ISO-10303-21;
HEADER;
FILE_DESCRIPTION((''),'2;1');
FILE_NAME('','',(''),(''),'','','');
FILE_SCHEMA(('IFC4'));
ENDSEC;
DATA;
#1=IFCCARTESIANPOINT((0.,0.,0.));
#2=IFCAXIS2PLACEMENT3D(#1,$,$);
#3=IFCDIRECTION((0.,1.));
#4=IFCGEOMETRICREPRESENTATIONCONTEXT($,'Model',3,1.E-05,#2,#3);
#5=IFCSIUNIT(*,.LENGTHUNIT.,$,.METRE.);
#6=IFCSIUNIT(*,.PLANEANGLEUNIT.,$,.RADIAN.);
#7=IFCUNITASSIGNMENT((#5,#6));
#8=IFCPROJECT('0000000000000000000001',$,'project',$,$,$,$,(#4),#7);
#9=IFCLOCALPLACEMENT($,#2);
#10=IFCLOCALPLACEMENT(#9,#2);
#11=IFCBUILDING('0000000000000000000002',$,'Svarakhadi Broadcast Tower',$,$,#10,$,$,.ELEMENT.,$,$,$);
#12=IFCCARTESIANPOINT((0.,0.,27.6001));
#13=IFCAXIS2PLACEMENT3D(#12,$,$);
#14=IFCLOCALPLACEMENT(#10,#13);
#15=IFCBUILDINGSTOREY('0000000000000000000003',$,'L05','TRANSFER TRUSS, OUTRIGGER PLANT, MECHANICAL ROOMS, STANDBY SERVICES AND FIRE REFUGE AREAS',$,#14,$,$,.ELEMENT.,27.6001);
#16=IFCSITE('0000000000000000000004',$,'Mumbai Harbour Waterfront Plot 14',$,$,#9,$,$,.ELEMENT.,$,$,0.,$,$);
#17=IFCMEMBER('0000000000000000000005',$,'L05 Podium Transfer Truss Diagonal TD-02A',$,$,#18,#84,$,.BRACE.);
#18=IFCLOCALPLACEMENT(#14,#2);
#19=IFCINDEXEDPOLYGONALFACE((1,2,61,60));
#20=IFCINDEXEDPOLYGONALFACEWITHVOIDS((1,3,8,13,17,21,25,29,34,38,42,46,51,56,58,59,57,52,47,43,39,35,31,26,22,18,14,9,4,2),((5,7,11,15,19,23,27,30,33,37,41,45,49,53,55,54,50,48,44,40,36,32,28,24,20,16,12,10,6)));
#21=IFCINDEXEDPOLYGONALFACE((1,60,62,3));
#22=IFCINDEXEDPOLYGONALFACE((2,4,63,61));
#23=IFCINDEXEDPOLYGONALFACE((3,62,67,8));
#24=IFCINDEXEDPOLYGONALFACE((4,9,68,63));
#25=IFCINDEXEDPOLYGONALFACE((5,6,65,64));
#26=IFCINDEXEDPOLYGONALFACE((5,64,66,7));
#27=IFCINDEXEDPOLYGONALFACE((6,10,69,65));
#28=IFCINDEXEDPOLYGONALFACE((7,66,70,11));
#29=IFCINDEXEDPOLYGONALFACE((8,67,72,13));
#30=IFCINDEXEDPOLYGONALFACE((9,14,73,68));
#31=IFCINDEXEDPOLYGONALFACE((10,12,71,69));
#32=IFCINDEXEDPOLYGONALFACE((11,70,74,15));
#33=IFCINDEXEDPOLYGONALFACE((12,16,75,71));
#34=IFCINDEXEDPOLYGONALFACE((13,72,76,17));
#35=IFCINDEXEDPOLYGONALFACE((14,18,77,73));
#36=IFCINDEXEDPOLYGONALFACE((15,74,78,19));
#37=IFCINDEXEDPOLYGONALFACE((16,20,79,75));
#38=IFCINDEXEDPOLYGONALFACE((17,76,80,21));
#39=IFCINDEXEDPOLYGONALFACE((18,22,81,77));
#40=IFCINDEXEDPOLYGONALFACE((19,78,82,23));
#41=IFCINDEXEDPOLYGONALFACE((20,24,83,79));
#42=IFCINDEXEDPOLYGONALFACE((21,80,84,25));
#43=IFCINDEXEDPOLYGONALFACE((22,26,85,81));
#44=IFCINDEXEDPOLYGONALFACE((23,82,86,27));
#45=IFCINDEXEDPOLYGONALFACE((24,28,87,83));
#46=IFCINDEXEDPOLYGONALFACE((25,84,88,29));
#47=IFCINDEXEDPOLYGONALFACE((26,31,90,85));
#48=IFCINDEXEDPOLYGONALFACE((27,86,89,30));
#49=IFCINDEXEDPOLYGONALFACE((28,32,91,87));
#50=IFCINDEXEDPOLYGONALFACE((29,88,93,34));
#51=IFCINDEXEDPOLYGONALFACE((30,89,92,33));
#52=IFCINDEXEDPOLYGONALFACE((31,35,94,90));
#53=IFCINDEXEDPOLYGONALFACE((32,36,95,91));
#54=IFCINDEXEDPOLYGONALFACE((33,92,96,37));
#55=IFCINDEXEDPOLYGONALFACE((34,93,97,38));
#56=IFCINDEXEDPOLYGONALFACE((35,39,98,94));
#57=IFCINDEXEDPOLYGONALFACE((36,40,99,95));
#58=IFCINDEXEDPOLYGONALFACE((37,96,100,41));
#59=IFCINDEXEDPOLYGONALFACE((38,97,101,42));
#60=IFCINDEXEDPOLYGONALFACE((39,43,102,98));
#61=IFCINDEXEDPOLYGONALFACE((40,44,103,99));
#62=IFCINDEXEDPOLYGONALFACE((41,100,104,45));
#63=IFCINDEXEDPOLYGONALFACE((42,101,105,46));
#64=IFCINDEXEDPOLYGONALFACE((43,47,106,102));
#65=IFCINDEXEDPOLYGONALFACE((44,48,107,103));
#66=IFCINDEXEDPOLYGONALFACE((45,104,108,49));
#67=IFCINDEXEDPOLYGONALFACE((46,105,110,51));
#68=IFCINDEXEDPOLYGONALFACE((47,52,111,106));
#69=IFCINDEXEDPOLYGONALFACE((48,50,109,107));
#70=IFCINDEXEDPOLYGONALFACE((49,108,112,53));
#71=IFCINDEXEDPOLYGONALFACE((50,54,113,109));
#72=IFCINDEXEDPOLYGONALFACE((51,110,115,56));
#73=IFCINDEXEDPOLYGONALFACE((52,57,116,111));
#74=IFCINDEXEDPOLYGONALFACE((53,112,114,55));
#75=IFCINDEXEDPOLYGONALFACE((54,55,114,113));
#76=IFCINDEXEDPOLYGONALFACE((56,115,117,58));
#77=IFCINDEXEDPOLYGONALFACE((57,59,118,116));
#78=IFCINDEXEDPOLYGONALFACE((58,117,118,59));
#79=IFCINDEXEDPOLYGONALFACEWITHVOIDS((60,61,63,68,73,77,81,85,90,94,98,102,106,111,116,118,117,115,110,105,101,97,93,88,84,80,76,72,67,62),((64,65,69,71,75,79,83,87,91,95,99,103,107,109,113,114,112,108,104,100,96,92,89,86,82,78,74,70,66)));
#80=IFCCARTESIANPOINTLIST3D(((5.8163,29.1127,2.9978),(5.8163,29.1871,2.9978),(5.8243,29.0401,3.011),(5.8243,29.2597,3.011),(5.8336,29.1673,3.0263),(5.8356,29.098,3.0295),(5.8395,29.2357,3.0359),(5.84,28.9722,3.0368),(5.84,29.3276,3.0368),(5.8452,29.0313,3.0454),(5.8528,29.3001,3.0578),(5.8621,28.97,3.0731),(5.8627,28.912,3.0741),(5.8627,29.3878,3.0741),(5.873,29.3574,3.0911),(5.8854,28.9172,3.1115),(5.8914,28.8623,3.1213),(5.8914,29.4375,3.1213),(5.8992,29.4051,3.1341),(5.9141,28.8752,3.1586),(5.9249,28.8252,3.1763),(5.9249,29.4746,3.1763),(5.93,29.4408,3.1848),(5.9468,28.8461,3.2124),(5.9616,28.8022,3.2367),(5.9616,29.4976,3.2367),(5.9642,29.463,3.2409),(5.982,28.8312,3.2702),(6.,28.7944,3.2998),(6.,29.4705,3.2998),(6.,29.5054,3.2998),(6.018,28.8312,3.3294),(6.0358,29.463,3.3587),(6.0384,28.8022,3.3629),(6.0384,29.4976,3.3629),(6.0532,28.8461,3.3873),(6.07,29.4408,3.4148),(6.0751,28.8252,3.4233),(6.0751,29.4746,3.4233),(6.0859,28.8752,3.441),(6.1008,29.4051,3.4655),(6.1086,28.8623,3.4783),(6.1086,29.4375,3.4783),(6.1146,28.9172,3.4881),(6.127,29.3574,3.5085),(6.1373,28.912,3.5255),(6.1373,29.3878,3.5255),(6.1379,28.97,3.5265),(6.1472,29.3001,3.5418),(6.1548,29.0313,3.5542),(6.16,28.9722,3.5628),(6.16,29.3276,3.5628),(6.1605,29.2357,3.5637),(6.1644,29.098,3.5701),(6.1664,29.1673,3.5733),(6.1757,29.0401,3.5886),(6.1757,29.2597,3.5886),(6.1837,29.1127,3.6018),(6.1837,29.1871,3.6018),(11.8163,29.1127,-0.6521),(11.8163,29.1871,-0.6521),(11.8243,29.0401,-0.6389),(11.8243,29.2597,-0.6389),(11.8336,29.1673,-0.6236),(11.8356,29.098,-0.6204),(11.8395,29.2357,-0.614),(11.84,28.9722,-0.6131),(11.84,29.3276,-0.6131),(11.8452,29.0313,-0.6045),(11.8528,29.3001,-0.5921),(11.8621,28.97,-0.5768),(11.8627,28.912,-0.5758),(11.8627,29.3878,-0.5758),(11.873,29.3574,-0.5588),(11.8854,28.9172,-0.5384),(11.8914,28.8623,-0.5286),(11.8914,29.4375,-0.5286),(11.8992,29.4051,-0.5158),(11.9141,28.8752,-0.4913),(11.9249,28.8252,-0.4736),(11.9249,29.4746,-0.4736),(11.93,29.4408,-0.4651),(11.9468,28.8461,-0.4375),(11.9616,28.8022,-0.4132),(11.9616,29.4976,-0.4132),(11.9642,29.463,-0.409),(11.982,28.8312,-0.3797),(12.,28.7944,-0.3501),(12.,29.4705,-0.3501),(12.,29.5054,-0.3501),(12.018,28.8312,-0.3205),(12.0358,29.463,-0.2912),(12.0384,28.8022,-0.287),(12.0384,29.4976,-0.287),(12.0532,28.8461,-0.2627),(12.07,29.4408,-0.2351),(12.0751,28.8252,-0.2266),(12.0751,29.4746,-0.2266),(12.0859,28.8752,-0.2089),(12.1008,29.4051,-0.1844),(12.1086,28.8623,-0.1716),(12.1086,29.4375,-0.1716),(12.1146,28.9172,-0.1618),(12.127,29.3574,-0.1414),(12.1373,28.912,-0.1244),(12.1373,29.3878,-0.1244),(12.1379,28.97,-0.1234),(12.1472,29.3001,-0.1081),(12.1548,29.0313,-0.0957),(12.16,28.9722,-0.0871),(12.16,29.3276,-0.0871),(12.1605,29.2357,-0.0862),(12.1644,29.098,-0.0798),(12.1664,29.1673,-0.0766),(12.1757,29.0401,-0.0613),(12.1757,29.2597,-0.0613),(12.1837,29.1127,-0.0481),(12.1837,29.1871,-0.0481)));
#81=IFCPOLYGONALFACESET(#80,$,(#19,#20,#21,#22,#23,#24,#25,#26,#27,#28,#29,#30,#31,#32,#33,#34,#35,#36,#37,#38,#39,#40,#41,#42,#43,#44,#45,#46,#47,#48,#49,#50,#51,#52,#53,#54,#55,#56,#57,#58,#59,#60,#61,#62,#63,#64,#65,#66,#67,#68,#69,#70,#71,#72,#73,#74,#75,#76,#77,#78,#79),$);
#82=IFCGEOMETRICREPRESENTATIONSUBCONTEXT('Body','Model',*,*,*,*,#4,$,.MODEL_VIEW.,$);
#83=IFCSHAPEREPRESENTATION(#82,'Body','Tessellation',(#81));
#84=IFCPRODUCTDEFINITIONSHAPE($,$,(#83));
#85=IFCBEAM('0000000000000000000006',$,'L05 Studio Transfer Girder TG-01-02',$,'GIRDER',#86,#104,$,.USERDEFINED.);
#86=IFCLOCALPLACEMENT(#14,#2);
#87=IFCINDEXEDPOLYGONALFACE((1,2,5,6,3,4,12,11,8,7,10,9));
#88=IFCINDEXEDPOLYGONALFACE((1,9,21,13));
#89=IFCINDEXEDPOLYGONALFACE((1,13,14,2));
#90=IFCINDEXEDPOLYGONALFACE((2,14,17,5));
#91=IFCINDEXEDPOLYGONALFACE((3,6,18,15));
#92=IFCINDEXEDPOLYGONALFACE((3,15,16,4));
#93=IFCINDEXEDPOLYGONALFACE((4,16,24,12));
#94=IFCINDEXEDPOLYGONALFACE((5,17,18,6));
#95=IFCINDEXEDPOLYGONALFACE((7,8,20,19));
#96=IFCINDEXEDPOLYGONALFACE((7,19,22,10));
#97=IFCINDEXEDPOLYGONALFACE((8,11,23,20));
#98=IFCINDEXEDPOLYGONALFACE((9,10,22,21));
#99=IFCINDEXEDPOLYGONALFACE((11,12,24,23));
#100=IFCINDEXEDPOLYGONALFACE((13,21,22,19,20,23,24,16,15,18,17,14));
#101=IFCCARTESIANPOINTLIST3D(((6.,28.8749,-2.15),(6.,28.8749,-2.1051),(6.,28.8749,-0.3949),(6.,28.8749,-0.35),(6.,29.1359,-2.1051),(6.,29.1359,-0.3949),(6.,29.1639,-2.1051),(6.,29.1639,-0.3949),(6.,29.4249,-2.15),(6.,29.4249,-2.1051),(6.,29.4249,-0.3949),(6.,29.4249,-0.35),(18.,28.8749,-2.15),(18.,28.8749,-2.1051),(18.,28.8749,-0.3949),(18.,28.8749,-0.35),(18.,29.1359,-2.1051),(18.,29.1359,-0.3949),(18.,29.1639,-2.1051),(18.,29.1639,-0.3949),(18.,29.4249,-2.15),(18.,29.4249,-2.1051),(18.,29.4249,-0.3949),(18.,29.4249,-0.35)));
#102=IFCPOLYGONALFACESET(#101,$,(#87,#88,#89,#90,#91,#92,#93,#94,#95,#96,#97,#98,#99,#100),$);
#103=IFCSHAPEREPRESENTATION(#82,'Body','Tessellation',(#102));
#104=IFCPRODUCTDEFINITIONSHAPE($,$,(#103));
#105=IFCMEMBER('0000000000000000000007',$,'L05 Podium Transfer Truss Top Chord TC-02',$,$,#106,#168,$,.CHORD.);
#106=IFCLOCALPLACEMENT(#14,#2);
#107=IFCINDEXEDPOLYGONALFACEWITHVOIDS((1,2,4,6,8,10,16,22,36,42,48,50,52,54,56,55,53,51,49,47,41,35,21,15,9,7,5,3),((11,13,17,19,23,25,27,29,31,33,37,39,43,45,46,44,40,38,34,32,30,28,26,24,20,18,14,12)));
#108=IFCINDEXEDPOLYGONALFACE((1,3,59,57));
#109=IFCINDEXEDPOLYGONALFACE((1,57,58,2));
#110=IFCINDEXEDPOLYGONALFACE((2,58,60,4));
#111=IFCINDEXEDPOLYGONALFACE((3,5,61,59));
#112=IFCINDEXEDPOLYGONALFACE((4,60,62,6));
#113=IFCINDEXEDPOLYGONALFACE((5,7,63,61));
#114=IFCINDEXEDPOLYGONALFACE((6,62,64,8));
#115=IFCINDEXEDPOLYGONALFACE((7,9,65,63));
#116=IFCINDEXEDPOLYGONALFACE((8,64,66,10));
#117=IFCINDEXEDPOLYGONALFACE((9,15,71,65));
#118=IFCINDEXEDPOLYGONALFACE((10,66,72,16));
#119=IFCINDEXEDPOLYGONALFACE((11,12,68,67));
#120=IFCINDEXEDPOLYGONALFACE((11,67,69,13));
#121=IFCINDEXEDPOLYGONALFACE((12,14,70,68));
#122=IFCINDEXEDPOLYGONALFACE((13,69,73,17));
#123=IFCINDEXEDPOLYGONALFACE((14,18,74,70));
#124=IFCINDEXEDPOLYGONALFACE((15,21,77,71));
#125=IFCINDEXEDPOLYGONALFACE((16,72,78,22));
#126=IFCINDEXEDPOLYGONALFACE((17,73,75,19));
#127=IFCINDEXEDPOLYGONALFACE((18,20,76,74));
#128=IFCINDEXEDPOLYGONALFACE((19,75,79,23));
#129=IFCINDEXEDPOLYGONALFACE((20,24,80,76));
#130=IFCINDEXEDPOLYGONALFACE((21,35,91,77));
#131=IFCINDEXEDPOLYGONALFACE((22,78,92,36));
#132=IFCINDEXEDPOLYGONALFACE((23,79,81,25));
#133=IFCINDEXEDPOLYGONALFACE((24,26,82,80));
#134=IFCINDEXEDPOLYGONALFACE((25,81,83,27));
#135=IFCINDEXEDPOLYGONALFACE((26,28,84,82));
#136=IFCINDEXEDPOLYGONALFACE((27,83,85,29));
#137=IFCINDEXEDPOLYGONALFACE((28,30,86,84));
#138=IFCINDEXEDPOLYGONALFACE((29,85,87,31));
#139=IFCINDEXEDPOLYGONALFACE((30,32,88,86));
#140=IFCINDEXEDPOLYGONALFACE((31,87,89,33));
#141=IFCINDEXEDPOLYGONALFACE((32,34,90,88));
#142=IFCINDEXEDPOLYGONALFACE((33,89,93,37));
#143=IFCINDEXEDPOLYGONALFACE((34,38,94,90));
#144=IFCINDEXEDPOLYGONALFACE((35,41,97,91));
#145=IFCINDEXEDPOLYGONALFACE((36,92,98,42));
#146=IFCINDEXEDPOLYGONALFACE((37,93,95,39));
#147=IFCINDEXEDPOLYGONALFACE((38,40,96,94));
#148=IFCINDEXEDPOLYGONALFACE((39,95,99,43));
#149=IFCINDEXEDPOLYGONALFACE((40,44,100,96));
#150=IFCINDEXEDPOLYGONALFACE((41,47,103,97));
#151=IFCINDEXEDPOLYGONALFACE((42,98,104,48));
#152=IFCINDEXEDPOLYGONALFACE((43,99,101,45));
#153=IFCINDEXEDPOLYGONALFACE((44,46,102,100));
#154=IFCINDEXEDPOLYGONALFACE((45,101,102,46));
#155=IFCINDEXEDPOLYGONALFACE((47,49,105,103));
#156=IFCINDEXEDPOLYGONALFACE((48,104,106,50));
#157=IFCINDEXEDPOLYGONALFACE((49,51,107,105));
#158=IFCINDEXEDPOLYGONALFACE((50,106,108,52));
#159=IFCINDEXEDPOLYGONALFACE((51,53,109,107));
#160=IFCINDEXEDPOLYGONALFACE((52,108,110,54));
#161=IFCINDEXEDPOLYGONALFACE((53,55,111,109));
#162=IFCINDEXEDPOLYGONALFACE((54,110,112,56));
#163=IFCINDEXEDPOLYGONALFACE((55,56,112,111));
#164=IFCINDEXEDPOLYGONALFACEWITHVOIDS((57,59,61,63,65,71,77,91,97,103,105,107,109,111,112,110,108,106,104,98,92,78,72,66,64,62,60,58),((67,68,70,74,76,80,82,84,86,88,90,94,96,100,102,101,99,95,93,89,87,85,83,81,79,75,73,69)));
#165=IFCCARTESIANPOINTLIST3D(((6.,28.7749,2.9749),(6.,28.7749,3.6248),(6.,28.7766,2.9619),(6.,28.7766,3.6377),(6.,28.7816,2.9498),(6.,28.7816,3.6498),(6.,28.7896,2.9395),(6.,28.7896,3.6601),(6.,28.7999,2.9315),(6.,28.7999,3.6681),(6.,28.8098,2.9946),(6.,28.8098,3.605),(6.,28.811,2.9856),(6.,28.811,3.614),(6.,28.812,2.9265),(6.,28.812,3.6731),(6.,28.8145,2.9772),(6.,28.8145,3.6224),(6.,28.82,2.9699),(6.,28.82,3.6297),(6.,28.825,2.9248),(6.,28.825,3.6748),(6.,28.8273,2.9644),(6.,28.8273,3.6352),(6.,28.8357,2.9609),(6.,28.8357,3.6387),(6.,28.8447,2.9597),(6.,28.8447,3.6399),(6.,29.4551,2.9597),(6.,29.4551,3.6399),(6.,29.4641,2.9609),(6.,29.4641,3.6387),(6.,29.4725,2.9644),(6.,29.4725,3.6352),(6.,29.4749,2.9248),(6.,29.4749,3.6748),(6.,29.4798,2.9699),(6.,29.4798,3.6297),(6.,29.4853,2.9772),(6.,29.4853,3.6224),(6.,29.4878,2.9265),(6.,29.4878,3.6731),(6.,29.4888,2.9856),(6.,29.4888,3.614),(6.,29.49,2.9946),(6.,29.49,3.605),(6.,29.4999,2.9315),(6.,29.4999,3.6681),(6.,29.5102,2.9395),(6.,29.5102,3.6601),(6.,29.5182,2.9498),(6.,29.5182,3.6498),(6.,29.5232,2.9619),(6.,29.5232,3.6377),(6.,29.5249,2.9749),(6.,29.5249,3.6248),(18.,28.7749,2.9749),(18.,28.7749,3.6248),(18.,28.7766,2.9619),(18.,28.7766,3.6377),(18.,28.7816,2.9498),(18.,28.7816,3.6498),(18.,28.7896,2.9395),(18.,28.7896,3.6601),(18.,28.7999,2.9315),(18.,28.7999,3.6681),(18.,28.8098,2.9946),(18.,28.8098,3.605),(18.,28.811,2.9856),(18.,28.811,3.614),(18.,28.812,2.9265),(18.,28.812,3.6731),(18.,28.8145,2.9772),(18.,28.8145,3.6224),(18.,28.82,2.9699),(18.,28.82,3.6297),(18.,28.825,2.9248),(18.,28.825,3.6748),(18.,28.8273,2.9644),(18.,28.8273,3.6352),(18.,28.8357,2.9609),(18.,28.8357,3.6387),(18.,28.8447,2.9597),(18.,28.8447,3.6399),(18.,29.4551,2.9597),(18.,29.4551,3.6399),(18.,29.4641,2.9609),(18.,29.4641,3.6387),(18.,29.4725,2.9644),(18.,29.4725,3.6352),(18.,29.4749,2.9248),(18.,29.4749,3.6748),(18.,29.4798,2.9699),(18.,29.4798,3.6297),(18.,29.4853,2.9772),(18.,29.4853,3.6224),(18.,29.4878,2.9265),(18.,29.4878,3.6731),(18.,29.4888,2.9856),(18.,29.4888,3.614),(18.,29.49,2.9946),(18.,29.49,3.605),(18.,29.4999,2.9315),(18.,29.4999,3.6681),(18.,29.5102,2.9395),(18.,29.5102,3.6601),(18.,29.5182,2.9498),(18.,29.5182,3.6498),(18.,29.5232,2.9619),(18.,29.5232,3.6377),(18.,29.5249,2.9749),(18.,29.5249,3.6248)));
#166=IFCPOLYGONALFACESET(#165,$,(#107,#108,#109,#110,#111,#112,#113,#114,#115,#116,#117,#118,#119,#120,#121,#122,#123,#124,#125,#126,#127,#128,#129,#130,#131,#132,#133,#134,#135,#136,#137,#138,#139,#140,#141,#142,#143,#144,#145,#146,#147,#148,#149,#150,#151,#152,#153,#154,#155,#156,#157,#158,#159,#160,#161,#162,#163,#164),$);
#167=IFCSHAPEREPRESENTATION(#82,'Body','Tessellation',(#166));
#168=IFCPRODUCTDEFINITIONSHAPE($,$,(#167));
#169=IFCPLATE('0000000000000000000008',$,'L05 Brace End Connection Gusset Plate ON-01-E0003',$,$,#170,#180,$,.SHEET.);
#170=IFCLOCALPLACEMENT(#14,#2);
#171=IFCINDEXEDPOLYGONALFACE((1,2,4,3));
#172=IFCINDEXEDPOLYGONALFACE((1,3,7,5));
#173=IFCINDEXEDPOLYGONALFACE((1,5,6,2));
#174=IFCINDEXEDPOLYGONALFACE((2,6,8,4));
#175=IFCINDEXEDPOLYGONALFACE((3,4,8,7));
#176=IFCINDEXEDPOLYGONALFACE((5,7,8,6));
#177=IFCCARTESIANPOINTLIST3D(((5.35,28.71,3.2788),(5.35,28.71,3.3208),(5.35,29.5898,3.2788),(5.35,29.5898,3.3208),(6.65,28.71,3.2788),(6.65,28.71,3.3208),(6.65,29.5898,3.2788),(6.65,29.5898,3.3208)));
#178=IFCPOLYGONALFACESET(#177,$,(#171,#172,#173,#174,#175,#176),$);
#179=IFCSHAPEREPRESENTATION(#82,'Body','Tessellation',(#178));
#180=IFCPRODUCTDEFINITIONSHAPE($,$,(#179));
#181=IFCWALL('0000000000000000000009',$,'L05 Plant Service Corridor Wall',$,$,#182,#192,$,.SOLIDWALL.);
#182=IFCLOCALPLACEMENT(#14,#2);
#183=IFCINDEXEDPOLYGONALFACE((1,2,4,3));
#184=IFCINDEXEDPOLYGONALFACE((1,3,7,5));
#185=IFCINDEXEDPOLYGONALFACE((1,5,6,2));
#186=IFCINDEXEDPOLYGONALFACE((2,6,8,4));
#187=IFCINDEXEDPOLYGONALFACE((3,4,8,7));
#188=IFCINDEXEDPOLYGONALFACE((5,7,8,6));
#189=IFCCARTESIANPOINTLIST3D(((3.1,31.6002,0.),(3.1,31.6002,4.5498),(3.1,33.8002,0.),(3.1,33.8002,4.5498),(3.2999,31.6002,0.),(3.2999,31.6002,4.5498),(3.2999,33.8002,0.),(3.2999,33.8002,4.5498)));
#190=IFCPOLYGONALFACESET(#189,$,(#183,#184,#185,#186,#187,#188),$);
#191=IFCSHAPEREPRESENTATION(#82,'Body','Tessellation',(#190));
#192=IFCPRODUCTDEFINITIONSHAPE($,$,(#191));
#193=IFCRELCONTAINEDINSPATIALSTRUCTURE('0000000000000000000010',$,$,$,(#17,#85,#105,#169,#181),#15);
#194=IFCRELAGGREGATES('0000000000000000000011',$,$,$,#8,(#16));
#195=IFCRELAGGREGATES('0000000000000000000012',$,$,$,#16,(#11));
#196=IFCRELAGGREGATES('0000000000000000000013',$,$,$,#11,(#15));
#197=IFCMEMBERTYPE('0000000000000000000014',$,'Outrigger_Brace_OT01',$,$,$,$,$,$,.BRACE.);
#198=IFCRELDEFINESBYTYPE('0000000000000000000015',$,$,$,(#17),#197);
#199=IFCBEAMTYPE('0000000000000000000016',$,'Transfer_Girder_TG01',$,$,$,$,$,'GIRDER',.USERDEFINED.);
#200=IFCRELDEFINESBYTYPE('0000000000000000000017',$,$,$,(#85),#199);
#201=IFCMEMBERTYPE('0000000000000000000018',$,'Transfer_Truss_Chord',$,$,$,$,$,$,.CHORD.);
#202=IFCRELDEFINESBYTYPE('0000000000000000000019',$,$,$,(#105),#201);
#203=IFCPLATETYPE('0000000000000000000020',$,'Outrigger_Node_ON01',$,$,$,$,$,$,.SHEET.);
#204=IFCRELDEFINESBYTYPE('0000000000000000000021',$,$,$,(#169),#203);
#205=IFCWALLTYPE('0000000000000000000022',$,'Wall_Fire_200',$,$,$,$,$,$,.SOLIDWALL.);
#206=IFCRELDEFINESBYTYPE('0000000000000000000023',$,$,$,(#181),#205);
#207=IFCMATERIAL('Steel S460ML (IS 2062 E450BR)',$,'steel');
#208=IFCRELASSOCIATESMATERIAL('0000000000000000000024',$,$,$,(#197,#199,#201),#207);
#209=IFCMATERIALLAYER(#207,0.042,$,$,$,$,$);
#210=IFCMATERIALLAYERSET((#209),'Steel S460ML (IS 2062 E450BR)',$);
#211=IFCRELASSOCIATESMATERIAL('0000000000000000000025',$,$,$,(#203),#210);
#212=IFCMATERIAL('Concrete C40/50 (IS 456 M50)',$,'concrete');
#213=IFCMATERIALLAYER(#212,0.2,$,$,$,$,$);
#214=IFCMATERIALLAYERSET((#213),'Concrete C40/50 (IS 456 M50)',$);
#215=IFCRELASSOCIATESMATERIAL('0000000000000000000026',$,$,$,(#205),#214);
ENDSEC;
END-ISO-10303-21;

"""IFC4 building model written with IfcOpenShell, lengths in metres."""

from ifc_helpers import new_model, si_unit, direction, frame, frame_2d, origin, origin_2d, place, context, subcontext, project, spatial, rectangle, hollow_rectangle, hollow_circle, i_section, extrude, material, layer, layer_set, material_profile, profile_set, type_object, element, save


model = new_model("IFC4")

# Units and contexts
model_context = context("Model", 3, precision=1e-05, world=origin(), true_north=direction((0.0, 1.0)))
body_context = subcontext(model_context, "Body", "Model", "MODEL_VIEW")
ifc_project = project(units=[si_unit("LENGTHUNIT", "METRE"), si_unit("PLANEANGLEUNIT", "RADIAN")], contexts=[model_context])

# Site, building, storey
site_placement = place(None, origin())
site = spatial("IfcSite", under=ifc_project, at=site_placement, Name="Mumbai Harbour Waterfront Plot 14", CompositionType="ELEMENT", RefElevation=0.0)
building_placement = place(site_placement, origin())
building = spatial("IfcBuilding", under=site, at=building_placement, Name="Svarakhadi Broadcast Tower", CompositionType="ELEMENT")
storey_placement = place(building_placement, frame((0.0, 0.0, 27.6001)))
storey = spatial("IfcBuildingStorey", under=building, at=storey_placement, Name="L05", Description="TRANSFER TRUSS, OUTRIGGER PLANT, MECHANICAL ROOMS, STANDBY SERVICES AND FIRE REFUGE AREAS", CompositionType="ELEMENT", Elevation=27.6001)

# Shared definitions
ifc_material_1 = material(Name="Steel S460ML (IS 2062 E450BR)", Category="steel")

# Member
ifc_material_profile_1 = material_profile(ifc_material_1, hollow_circle(Radius=0.3555, WallThickness=0.0349, at=origin_2d()), Name="CHS 711x35")
ifc_profile_set_1 = profile_set([ifc_material_profile_1], Name="Steel S460ML (IS 2062 E450BR)")
member_type_1 = type_object("IfcMemberType", Name="Outrigger_Brace_OT01", PredefinedType="BRACE", material=ifc_profile_set_1)
member_1_placement = place(storey_placement, frame((6.0, 29.1499, 3.2998), z_axis=(0.854342, 0.0, -0.519711), x_axis=(0.0, 1.0, 0.0)))
element("IfcMember", 1, at=member_1_placement, inside=storey, type_object=member_type_1, Name="L05 Podium Transfer Truss Diagonal TD-02A", PredefinedType="BRACE", context=body_context, shape_type="SweptSolid", body=[
    extrude(hollow_circle(Radius=0.3555, WallThickness=0.0349, at=origin_2d()), origin(), (0.0, 0.0, 1.0), 7.0229),
])

# Beam
ifc_material_profile_2 = material_profile(ifc_material_1, i_section(OverallWidth=0.55, OverallDepth=1.8, WebThickness=0.0281, FlangeThickness=0.0449, at=origin_2d()), Name="PG 1800x550x45")
ifc_profile_set_2 = profile_set([ifc_material_profile_2], Name="Steel S460ML (IS 2062 E450BR)")
beam_type_1 = type_object("IfcBeamType", Name="Transfer_Girder_TG01", ElementType="GIRDER", PredefinedType="USERDEFINED", material=ifc_profile_set_2)
beam_1_placement = place(storey_placement, frame((6.0, 29.1499, -1.25), z_axis=(1.0, 0.0, 0.0), x_axis=(0.0, 1.0, 0.0)))
element("IfcBeam", 2, at=beam_1_placement, inside=storey, type_object=beam_type_1, Name="L05 Studio Transfer Girder TG-01-02", ObjectType="GIRDER", PredefinedType="USERDEFINED", context=body_context, shape_type="SweptSolid", body=[
    extrude(i_section(OverallWidth=0.55, OverallDepth=1.8, WebThickness=0.0281, FlangeThickness=0.0449, at=origin_2d()), origin(), (0.0, 0.0, 1.0), 12.0),
])

# Member
ifc_material_profile_3 = material_profile(ifc_material_1, hollow_rectangle(XDim=0.75, YDim=0.75, WallThickness=0.0349, InnerFilletRadius=0.0349, OuterFilletRadius=0.05, at=origin_2d()), Name="BOX 750x750x35")
ifc_profile_set_3 = profile_set([ifc_material_profile_3], Name="Steel S460ML (IS 2062 E450BR)")
member_type_2 = type_object("IfcMemberType", Name="Transfer_Truss_Chord", PredefinedType="CHORD", material=ifc_profile_set_3)
member_2_placement = place(storey_placement, frame((6.0, 29.1499, 3.2998), z_axis=(1.0, 0.0, 0.0), x_axis=(0.0, 1.0, 0.0)))
element("IfcMember", 3, at=member_2_placement, inside=storey, type_object=member_type_2, Name="L05 Podium Transfer Truss Top Chord TC-02", PredefinedType="CHORD", context=body_context, shape_type="SweptSolid", body=[
    extrude(hollow_rectangle(XDim=0.75, YDim=0.75, WallThickness=0.0349, InnerFilletRadius=0.0349, OuterFilletRadius=0.05, at=origin_2d()), origin(), (0.0, 0.0, 1.0), 12.0),
])

# Plate
ifc_layer_1 = layer(ifc_material_1, 0.042)
ifc_layer_set_1 = layer_set([ifc_layer_1], Name="Steel S460ML (IS 2062 E450BR)")
plate_type = type_object("IfcPlateType", Name="Outrigger_Node_ON01", PredefinedType="SHEET", material=ifc_layer_set_1)
plate_placement = place(storey_placement, frame((6.0, 29.1499, 3.2788), z_axis=(0.0, 0.0, 1.0), x_axis=(1.0, 0.0, 0.0)))
element("IfcPlate", 4, at=plate_placement, inside=storey, type_object=plate_type, Name="L05 Brace End Connection Gusset Plate ON-01-E0003", PredefinedType="SHEET", context=body_context, shape_type="SweptSolid", body=[
    extrude(rectangle(XDim=1.3, YDim=0.8799, at=origin_2d()), origin(), (0.0, 0.0, 1.0), 0.042),
])

# Wall
ifc_material_2 = material(Name="Concrete C40/50 (IS 456 M50)", Category="concrete")
ifc_layer_2 = layer(ifc_material_2, 0.2)
ifc_layer_set_2 = layer_set([ifc_layer_2], Name="Concrete C40/50 (IS 456 M50)")
wall_type_1 = type_object("IfcWallType", Name="Wall_Fire_200", PredefinedType="SOLIDWALL", material=ifc_layer_set_2)
wall_1_placement = place(storey_placement, frame((3.2, 31.6001, 0.0), z_axis=(0.0, 0.0, 1.0), x_axis=(0.0, 1.0, 0.0)))
element("IfcWall", 5, at=wall_1_placement, inside=storey, type_object=wall_type_1, Name="L05 Plant Service Corridor Wall", PredefinedType="SOLIDWALL", context=body_context, shape_type="SweptSolid", body=[
    extrude(rectangle(XDim=2.2, YDim=0.2, at=frame_2d((1.1001, 0.0))), origin(), (0.0, 0.0, 1.0), 4.5498),
])

save(model, "model.ifc")
